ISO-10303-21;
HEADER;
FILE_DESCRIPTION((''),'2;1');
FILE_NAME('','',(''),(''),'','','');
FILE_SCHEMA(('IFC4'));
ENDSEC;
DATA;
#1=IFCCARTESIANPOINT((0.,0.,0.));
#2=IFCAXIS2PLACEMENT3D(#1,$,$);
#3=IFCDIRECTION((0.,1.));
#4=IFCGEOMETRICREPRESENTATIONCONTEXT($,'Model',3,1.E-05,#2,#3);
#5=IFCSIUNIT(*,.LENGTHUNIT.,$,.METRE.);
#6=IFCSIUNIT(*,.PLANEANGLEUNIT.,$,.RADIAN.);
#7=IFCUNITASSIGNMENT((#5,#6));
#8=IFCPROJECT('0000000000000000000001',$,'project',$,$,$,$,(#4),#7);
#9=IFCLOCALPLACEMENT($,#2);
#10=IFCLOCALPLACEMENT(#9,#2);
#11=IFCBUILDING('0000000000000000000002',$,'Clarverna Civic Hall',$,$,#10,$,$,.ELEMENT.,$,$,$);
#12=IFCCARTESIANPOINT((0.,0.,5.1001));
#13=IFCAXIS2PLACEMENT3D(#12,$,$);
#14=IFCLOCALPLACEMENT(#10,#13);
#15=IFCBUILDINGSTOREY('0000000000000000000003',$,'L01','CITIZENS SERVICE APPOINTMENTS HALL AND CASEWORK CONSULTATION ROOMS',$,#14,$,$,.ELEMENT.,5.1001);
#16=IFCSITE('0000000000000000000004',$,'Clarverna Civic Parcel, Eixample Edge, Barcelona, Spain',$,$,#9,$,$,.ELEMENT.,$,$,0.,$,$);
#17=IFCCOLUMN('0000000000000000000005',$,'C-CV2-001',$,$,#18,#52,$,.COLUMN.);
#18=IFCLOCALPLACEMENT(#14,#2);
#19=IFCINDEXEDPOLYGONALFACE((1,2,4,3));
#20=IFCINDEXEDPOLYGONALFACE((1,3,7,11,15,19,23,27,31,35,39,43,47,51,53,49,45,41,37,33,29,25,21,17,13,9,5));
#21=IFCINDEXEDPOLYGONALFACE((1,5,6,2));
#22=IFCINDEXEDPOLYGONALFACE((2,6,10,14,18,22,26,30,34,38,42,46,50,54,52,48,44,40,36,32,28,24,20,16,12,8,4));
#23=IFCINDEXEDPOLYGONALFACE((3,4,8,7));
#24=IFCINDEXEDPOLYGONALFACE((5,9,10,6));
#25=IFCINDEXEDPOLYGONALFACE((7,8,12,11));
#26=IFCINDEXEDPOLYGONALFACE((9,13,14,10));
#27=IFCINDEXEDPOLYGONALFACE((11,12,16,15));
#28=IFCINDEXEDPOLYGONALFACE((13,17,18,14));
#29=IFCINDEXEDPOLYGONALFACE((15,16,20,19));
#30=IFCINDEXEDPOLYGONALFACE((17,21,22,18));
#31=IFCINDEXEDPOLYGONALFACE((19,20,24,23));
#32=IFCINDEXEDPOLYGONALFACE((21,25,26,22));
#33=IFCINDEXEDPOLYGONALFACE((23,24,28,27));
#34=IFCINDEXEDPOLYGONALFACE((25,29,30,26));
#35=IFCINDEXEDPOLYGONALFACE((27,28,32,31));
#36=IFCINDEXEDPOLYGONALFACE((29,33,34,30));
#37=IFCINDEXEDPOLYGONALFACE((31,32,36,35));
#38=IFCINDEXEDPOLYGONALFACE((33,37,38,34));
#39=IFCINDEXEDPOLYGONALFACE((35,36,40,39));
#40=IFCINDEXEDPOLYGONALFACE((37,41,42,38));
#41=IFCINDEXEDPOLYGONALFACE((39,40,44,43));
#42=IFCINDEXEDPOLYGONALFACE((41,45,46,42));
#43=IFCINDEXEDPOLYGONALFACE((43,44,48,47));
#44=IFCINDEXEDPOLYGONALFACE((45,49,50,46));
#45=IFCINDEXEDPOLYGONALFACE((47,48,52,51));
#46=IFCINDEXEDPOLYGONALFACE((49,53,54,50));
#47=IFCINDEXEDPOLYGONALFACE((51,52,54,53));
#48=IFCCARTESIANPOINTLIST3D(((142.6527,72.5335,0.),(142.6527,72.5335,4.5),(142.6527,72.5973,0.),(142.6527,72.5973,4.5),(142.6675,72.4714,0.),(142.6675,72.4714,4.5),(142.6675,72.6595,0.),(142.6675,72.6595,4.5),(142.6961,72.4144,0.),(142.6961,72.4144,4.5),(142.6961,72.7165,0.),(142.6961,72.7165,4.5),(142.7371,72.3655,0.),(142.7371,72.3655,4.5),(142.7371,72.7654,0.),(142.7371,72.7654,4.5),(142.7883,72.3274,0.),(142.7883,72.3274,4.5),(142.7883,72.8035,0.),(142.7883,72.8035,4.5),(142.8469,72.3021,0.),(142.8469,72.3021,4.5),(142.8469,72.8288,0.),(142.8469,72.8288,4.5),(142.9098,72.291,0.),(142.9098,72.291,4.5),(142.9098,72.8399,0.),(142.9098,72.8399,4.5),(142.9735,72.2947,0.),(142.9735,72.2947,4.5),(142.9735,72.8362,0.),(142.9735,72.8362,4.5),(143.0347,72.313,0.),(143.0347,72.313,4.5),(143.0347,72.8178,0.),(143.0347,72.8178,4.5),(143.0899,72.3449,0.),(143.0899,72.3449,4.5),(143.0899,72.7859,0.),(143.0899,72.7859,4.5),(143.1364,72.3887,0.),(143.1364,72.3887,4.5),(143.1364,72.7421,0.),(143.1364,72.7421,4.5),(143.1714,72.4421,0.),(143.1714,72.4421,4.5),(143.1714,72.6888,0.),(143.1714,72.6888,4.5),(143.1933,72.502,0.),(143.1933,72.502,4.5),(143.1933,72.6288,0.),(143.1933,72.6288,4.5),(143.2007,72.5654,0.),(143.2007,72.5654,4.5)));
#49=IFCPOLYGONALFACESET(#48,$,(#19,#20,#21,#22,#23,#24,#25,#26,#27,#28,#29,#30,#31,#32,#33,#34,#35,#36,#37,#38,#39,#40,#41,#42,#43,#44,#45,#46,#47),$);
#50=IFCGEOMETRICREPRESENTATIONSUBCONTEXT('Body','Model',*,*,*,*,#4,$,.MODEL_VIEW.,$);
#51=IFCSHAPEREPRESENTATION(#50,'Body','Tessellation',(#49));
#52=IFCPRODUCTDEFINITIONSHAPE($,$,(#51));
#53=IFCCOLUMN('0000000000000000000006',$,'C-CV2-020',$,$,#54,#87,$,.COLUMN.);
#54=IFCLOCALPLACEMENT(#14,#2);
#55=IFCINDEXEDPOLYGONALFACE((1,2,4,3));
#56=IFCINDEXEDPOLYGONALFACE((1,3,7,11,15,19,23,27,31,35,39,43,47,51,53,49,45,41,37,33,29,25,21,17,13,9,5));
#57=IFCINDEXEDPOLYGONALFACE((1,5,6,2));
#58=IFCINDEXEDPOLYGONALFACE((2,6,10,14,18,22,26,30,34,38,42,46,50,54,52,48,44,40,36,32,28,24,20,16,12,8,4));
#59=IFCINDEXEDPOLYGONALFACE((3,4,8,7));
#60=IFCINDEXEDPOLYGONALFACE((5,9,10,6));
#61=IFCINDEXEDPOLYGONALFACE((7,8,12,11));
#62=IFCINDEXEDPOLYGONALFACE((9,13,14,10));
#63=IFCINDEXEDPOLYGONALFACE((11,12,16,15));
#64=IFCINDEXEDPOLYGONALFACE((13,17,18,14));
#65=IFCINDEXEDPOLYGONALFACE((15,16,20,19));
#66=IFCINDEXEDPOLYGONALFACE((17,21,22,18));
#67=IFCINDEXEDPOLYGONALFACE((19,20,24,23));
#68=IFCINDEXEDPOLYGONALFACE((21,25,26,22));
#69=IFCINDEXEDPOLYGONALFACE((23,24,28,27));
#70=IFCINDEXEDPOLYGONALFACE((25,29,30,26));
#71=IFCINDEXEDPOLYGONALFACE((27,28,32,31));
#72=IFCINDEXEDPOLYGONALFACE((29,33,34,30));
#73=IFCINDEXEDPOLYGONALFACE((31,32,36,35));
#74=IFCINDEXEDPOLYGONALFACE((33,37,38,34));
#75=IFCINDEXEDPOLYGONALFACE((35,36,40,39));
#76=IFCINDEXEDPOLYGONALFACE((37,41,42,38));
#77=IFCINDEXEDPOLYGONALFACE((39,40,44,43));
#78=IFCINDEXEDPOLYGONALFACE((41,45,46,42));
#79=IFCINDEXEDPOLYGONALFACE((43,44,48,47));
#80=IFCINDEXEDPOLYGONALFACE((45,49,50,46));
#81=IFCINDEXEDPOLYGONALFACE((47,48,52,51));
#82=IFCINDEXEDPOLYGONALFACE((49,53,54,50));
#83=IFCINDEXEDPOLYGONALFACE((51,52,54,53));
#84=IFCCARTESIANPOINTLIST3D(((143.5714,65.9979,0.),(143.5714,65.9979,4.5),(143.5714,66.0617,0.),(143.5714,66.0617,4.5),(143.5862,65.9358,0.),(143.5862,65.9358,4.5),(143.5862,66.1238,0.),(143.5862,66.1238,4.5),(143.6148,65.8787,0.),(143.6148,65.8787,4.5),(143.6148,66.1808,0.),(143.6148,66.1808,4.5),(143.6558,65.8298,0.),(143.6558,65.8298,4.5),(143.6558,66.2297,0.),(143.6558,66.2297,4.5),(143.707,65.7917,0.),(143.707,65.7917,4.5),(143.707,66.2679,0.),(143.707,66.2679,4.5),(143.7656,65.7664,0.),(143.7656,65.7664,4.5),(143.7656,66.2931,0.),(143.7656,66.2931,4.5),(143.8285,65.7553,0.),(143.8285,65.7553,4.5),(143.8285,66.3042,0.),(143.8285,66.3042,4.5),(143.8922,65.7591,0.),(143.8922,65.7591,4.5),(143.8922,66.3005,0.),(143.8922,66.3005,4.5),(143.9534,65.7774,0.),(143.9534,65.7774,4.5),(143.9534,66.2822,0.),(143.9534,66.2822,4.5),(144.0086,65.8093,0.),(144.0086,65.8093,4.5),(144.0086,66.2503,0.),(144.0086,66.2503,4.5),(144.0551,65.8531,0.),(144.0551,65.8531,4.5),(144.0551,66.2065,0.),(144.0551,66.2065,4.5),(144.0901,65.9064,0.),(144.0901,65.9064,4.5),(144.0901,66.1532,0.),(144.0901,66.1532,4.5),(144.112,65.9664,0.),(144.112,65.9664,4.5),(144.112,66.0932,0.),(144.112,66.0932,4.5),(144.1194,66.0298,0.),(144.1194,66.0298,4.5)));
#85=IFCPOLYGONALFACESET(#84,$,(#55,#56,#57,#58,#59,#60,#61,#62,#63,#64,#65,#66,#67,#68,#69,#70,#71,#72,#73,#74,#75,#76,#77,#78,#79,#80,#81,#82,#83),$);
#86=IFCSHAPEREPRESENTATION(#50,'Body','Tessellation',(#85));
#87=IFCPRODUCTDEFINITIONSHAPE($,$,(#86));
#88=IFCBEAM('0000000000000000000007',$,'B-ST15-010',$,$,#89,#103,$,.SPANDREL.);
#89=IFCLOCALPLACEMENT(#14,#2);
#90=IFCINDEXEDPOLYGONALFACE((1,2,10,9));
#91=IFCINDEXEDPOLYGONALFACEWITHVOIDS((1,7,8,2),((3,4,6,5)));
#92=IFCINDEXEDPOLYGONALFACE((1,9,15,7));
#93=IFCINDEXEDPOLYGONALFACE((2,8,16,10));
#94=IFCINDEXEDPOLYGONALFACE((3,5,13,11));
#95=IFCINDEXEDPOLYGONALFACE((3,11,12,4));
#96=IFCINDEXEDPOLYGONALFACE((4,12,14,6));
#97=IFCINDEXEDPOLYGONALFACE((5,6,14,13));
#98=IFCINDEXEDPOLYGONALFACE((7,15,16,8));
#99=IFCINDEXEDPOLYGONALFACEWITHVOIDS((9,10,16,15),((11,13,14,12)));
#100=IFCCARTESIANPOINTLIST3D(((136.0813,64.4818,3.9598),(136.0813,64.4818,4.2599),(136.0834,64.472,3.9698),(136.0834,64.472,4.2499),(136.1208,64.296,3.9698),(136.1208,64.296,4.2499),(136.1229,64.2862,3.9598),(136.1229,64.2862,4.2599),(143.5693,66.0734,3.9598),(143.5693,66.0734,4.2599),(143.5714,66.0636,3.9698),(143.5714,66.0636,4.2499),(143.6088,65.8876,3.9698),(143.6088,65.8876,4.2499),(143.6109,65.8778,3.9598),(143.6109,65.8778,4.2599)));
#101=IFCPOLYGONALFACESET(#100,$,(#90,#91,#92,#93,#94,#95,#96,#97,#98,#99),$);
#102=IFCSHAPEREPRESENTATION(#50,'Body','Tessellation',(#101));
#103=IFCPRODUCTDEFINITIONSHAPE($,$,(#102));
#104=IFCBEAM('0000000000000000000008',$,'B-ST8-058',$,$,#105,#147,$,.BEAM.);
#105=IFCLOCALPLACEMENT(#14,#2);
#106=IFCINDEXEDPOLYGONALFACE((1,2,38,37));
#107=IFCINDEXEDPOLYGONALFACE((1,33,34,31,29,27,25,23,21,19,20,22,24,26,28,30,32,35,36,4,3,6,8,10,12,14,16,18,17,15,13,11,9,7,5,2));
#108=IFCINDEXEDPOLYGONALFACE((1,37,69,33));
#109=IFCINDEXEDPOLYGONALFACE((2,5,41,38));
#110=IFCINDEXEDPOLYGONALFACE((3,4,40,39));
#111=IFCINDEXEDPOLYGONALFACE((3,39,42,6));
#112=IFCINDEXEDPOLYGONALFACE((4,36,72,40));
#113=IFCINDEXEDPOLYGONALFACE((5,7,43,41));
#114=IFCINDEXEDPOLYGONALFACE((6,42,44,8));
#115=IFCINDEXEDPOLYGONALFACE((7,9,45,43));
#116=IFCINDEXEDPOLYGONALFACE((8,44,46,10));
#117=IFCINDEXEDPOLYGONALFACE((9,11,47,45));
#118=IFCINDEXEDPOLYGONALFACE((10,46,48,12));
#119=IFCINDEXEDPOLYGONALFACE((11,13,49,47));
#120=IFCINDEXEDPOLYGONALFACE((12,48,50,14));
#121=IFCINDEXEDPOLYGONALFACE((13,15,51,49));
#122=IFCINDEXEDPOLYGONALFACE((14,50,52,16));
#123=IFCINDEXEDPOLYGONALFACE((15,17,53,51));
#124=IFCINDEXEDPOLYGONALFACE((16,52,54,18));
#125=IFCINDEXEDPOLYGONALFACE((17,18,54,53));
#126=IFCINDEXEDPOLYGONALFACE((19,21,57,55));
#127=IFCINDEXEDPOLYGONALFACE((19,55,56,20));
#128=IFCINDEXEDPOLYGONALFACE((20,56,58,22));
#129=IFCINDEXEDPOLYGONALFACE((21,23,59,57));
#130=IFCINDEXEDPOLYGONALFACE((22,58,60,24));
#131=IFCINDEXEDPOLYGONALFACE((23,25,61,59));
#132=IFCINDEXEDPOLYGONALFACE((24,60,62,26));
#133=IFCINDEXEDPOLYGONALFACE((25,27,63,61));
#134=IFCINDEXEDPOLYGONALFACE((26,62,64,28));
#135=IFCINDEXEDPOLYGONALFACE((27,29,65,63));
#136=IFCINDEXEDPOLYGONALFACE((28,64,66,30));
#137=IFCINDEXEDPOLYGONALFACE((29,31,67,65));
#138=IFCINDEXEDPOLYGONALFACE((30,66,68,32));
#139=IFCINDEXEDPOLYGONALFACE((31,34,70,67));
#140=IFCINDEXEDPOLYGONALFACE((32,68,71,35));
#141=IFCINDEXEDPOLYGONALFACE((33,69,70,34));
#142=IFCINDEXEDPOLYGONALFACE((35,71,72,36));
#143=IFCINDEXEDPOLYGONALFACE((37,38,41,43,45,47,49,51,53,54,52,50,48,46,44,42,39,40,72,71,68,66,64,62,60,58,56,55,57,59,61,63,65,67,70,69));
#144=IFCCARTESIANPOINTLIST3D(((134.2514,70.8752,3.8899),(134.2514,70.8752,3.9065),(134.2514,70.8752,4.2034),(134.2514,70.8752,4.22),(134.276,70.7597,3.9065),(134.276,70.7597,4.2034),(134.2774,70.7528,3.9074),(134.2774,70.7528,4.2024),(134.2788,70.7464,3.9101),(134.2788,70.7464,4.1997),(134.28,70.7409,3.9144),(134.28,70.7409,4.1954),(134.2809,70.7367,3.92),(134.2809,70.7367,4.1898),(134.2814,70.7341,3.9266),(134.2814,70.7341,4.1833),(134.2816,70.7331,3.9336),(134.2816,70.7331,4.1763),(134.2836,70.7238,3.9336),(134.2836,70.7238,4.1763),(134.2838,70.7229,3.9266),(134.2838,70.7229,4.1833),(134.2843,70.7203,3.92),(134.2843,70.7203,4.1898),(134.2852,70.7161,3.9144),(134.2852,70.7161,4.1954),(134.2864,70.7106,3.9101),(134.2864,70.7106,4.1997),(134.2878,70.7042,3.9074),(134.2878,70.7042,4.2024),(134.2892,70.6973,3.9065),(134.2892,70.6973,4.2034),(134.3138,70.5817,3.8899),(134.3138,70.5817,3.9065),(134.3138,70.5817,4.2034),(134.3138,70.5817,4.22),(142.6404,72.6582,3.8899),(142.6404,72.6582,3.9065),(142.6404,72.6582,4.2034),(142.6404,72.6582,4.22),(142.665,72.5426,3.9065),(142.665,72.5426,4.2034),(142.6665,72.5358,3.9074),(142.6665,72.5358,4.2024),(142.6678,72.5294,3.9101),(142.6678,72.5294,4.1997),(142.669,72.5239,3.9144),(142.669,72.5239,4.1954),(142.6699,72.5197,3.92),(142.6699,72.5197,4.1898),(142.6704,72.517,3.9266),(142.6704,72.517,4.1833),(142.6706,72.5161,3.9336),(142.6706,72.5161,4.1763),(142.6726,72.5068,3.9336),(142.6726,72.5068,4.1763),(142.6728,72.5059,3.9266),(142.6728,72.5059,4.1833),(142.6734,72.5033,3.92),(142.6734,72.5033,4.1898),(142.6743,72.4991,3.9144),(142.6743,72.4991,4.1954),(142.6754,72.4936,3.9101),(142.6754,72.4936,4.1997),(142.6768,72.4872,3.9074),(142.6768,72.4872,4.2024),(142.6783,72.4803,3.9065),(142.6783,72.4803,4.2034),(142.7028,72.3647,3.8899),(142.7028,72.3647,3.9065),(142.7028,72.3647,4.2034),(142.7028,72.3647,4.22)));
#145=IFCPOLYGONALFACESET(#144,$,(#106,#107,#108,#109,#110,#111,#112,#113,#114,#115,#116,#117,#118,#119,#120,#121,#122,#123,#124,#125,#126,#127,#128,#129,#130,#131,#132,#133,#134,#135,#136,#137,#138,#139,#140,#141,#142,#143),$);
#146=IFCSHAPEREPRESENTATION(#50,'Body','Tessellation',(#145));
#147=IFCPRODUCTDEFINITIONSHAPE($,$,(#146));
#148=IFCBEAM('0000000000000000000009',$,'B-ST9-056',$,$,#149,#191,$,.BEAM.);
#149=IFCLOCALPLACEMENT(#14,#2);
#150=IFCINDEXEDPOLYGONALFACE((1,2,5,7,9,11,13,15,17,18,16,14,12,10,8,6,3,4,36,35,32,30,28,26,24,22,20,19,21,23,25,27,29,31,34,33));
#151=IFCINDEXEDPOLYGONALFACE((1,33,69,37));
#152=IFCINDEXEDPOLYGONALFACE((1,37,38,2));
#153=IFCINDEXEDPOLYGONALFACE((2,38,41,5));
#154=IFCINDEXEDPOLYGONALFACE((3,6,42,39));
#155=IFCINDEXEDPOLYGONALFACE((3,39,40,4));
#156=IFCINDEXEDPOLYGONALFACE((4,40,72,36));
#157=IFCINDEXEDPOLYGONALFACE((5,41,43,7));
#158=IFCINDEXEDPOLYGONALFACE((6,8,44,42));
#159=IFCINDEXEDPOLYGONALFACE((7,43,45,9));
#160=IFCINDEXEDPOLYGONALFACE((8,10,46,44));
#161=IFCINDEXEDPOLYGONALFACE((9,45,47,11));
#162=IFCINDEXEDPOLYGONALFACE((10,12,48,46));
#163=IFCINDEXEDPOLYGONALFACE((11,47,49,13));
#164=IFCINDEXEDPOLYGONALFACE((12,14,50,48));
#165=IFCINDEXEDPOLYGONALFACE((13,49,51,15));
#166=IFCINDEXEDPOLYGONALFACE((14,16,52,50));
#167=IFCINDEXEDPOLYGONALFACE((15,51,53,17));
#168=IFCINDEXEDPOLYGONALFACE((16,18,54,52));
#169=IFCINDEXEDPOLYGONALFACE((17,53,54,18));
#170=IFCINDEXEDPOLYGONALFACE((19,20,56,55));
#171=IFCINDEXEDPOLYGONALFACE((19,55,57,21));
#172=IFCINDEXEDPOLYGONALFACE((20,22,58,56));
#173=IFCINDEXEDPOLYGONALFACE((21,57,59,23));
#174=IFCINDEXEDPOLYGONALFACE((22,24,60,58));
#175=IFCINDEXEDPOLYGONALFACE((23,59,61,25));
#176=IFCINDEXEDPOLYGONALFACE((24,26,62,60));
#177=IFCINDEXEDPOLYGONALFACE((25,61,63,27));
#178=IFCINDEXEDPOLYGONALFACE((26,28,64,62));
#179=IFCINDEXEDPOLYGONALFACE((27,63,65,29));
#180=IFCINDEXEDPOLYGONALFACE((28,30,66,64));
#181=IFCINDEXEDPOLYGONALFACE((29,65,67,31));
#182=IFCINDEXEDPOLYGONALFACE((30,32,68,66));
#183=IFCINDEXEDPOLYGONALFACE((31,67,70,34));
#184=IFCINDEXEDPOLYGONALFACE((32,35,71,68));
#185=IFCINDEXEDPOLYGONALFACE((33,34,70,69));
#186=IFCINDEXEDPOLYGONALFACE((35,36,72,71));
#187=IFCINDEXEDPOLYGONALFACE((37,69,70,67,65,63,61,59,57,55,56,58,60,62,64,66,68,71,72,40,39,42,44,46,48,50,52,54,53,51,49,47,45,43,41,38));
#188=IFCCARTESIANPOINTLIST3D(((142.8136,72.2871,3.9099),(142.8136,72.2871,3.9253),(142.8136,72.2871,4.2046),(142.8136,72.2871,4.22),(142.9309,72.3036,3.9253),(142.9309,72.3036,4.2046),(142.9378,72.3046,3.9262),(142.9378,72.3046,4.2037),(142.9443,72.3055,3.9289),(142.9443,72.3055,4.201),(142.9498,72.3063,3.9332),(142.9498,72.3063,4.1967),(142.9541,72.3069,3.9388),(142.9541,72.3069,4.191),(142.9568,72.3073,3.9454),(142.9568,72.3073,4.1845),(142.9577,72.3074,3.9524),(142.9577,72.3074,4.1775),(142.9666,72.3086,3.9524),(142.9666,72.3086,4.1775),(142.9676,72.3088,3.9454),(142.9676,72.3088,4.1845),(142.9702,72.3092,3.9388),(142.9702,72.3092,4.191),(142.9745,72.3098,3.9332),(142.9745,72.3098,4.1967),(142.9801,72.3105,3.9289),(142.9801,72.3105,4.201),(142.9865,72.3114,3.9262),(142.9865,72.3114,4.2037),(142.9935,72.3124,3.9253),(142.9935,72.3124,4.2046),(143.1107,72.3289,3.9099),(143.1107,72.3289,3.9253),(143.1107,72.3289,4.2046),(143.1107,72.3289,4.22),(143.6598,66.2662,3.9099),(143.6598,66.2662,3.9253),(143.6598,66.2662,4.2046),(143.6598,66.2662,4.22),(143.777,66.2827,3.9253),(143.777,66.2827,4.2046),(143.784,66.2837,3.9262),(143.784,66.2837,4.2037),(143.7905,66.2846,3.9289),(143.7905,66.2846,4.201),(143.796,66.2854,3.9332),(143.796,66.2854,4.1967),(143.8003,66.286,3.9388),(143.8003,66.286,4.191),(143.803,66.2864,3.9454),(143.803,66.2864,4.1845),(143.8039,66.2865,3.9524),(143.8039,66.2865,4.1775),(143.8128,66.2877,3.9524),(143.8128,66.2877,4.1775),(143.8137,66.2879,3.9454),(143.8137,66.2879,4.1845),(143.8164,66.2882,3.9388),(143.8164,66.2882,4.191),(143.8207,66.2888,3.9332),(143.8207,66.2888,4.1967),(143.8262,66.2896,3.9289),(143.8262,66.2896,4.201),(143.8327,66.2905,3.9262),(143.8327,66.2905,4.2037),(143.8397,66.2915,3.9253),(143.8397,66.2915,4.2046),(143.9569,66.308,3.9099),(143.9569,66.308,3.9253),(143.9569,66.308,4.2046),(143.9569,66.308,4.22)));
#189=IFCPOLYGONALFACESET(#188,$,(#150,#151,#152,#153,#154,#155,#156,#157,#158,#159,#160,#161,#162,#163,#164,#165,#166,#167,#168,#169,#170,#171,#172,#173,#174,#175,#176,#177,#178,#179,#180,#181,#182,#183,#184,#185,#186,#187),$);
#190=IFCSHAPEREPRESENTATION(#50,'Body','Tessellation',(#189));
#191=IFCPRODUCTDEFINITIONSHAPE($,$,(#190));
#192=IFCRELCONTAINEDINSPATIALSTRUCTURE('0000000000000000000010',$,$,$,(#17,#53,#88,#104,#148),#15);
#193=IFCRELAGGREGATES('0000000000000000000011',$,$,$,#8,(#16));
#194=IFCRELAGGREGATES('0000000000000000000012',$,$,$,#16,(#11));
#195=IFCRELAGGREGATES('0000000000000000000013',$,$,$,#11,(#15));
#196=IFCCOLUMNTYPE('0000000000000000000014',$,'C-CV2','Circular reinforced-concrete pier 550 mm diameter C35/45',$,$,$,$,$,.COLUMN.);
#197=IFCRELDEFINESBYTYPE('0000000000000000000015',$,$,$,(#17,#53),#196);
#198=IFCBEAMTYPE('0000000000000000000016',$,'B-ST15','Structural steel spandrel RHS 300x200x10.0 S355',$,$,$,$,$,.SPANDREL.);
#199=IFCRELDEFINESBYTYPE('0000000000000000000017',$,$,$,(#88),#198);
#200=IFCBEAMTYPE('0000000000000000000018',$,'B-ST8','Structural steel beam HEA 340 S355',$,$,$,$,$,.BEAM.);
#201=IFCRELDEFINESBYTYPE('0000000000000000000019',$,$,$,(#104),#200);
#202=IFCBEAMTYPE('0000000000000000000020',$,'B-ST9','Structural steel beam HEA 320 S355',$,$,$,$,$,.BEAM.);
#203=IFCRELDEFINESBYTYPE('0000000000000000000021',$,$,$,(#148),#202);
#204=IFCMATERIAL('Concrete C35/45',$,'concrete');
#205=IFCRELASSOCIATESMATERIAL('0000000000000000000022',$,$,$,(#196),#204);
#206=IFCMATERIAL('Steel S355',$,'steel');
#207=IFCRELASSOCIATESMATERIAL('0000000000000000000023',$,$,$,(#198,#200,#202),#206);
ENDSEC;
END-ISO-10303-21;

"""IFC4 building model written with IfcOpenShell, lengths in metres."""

from ifc_helpers import new_model, si_unit, direction, frame, origin, origin_2d, place, context, subcontext, project, spatial, hollow_rectangle, circle, i_section, extrude, material, material_profile, profile_set, type_object, element, save


model = new_model("IFC4")

# Units and contexts
model_context = context("Model", 3, precision=1e-05, world=origin(), true_north=direction((0.0, 1.0)))
body_context = subcontext(model_context, "Body", "Model", "MODEL_VIEW")
ifc_project = project(units=[si_unit("LENGTHUNIT", "METRE"), si_unit("PLANEANGLEUNIT", "RADIAN")], contexts=[model_context])

# Site, building, storey
site_placement = place(None, origin())
site = spatial("IfcSite", under=ifc_project, at=site_placement, Name="Clarverna Civic Parcel, Eixample Edge, Barcelona, Spain", CompositionType="ELEMENT", RefElevation=0.0)
building_placement = place(site_placement, origin())
building = spatial("IfcBuilding", under=site, at=building_placement, Name="Clarverna Civic Hall", CompositionType="ELEMENT")
storey_placement = place(building_placement, frame((0.0, 0.0, 5.1001)))
storey = spatial("IfcBuildingStorey", under=building, at=storey_placement, Name="L01", Description="CITIZENS SERVICE APPOINTMENTS HALL AND CASEWORK CONSULTATION ROOMS", CompositionType="ELEMENT", Elevation=5.1001)

# Columns
ifc_material_1 = material(Name="Concrete C35/45", Category="concrete")
ifc_material_profile_1 = material_profile(ifc_material_1, circle(Radius=0.2749, at=origin_2d()), Name="RC D550")
ifc_profile_set_1 = profile_set([ifc_material_profile_1], Name="Concrete C35/45")
column_type = type_object("IfcColumnType", Name="C-CV2", Description="Circular reinforced-concrete pier 550 mm diameter C35/45", PredefinedType="COLUMN", material=ifc_profile_set_1)
for number, where, z_axis, x_axis, name in (
    (1, (142.9258, 72.5654, 0.0), (0.0, 0.0, 1.0), (1.0, 0.0, 0.0), "C-CV2-001"),
    (2, (143.8445, 66.0298, 0.0), (0.0, 0.0, 1.0), (1.0, 0.0, 0.0), "C-CV2-020"),
):
    element("IfcColumn", number, at=place(storey_placement, frame(where, z_axis=z_axis, x_axis=x_axis)), inside=storey, type_object=column_type, Name=name, PredefinedType="COLUMN", context=body_context, shape_type="SweptSolid", body=[
        extrude(circle(Radius=0.2749, at=origin_2d()), origin(), (0.0, 0.0, 1.0), 4.5),
    ])

# Beams
ifc_material_2 = material(Name="Steel S355", Category="steel")
ifc_material_profile_2 = material_profile(ifc_material_2, hollow_rectangle(XDim=0.2, YDim=0.3, WallThickness=0.01, at=origin_2d()), Name="RHS 300x200x10.0")
ifc_profile_set_2 = profile_set([ifc_material_profile_2], Name="Steel S355")
beam_type_1 = type_object("IfcBeamType", Name="B-ST15", Description="Structural steel spandrel RHS 300x200x10.0 S355", PredefinedType="SPANDREL", material=ifc_profile_set_2)
beam_1_placement = place(storey_placement, frame((143.5901, 65.9756, 4.1099), z_axis=(-0.97815, -0.207902, 0.0), x_axis=(0.207902, -0.97815, 0.0)))
element("IfcBeam", 3, at=beam_1_placement, inside=storey, type_object=beam_type_1, Name="B-ST15-010", PredefinedType="SPANDREL", context=body_context, shape_type="SweptSolid", body=[
    extrude(hollow_rectangle(XDim=0.2, YDim=0.3, WallThickness=0.01, at=origin_2d()), origin(), (0.0, 0.0, 1.0), 7.6553),
])
ifc_material_profile_3 = material_profile(ifc_material_2, i_section(OverallWidth=0.3, OverallDepth=0.3301, WebThickness=0.0095, FlangeThickness=0.0166, FilletRadius=0.0271, at=origin_2d()), Name="HEA 340")
ifc_profile_set_3 = profile_set([ifc_material_profile_3], Name="Steel S355")
beam_type_2 = type_object("IfcBeamType", Name="B-ST8", Description="Structural steel beam HEA 340 S355", PredefinedType="BEAM", material=ifc_profile_set_3)
beam_2_placement = place(storey_placement, frame((142.6716, 72.5115, 4.0549), z_axis=(-0.978151, -0.207894, 0.0), x_axis=(0.207894, -0.978151, 0.0)))
element("IfcBeam", 4, at=beam_2_placement, inside=storey, type_object=beam_type_2, Name="B-ST8-058", PredefinedType="BEAM", context=body_context, shape_type="SweptSolid", body=[
    extrude(i_section(OverallWidth=0.3, OverallDepth=0.3301, WebThickness=0.0095, FlangeThickness=0.0166, FilletRadius=0.0271, at=origin_2d()), origin(), (0.0, 0.0, 1.0), 8.5764),
])
ifc_material_profile_4 = material_profile(ifc_material_2, i_section(OverallWidth=0.3, OverallDepth=0.3101, WebThickness=0.009, FlangeThickness=0.0154, FilletRadius=0.0271, at=origin_2d()), Name="HEA 320")
ifc_profile_set_4 = profile_set([ifc_material_profile_4], Name="Steel S355")
beam_type_3 = type_object("IfcBeamType", Name="B-ST9", Description="Structural steel beam HEA 320 S355", PredefinedType="BEAM", material=ifc_profile_set_4)
beam_3_placement = place(storey_placement, frame((143.8083, 66.2871, 4.0649), z_axis=(-0.139172, 0.990268, 0.0), x_axis=(-0.990268, -0.139172, 0.0)))
element("IfcBeam", 5, at=beam_3_placement, inside=storey, type_object=beam_type_3, Name="B-ST9-056", PredefinedType="BEAM", context=body_context, shape_type="SweptSolid", body=[
    extrude(i_section(OverallWidth=0.3, OverallDepth=0.3101, WebThickness=0.009, FlangeThickness=0.0154, FilletRadius=0.0271, at=origin_2d()), origin(), (0.0, 0.0, 1.0), 6.0801),
])

save(model, "model.ifc")
